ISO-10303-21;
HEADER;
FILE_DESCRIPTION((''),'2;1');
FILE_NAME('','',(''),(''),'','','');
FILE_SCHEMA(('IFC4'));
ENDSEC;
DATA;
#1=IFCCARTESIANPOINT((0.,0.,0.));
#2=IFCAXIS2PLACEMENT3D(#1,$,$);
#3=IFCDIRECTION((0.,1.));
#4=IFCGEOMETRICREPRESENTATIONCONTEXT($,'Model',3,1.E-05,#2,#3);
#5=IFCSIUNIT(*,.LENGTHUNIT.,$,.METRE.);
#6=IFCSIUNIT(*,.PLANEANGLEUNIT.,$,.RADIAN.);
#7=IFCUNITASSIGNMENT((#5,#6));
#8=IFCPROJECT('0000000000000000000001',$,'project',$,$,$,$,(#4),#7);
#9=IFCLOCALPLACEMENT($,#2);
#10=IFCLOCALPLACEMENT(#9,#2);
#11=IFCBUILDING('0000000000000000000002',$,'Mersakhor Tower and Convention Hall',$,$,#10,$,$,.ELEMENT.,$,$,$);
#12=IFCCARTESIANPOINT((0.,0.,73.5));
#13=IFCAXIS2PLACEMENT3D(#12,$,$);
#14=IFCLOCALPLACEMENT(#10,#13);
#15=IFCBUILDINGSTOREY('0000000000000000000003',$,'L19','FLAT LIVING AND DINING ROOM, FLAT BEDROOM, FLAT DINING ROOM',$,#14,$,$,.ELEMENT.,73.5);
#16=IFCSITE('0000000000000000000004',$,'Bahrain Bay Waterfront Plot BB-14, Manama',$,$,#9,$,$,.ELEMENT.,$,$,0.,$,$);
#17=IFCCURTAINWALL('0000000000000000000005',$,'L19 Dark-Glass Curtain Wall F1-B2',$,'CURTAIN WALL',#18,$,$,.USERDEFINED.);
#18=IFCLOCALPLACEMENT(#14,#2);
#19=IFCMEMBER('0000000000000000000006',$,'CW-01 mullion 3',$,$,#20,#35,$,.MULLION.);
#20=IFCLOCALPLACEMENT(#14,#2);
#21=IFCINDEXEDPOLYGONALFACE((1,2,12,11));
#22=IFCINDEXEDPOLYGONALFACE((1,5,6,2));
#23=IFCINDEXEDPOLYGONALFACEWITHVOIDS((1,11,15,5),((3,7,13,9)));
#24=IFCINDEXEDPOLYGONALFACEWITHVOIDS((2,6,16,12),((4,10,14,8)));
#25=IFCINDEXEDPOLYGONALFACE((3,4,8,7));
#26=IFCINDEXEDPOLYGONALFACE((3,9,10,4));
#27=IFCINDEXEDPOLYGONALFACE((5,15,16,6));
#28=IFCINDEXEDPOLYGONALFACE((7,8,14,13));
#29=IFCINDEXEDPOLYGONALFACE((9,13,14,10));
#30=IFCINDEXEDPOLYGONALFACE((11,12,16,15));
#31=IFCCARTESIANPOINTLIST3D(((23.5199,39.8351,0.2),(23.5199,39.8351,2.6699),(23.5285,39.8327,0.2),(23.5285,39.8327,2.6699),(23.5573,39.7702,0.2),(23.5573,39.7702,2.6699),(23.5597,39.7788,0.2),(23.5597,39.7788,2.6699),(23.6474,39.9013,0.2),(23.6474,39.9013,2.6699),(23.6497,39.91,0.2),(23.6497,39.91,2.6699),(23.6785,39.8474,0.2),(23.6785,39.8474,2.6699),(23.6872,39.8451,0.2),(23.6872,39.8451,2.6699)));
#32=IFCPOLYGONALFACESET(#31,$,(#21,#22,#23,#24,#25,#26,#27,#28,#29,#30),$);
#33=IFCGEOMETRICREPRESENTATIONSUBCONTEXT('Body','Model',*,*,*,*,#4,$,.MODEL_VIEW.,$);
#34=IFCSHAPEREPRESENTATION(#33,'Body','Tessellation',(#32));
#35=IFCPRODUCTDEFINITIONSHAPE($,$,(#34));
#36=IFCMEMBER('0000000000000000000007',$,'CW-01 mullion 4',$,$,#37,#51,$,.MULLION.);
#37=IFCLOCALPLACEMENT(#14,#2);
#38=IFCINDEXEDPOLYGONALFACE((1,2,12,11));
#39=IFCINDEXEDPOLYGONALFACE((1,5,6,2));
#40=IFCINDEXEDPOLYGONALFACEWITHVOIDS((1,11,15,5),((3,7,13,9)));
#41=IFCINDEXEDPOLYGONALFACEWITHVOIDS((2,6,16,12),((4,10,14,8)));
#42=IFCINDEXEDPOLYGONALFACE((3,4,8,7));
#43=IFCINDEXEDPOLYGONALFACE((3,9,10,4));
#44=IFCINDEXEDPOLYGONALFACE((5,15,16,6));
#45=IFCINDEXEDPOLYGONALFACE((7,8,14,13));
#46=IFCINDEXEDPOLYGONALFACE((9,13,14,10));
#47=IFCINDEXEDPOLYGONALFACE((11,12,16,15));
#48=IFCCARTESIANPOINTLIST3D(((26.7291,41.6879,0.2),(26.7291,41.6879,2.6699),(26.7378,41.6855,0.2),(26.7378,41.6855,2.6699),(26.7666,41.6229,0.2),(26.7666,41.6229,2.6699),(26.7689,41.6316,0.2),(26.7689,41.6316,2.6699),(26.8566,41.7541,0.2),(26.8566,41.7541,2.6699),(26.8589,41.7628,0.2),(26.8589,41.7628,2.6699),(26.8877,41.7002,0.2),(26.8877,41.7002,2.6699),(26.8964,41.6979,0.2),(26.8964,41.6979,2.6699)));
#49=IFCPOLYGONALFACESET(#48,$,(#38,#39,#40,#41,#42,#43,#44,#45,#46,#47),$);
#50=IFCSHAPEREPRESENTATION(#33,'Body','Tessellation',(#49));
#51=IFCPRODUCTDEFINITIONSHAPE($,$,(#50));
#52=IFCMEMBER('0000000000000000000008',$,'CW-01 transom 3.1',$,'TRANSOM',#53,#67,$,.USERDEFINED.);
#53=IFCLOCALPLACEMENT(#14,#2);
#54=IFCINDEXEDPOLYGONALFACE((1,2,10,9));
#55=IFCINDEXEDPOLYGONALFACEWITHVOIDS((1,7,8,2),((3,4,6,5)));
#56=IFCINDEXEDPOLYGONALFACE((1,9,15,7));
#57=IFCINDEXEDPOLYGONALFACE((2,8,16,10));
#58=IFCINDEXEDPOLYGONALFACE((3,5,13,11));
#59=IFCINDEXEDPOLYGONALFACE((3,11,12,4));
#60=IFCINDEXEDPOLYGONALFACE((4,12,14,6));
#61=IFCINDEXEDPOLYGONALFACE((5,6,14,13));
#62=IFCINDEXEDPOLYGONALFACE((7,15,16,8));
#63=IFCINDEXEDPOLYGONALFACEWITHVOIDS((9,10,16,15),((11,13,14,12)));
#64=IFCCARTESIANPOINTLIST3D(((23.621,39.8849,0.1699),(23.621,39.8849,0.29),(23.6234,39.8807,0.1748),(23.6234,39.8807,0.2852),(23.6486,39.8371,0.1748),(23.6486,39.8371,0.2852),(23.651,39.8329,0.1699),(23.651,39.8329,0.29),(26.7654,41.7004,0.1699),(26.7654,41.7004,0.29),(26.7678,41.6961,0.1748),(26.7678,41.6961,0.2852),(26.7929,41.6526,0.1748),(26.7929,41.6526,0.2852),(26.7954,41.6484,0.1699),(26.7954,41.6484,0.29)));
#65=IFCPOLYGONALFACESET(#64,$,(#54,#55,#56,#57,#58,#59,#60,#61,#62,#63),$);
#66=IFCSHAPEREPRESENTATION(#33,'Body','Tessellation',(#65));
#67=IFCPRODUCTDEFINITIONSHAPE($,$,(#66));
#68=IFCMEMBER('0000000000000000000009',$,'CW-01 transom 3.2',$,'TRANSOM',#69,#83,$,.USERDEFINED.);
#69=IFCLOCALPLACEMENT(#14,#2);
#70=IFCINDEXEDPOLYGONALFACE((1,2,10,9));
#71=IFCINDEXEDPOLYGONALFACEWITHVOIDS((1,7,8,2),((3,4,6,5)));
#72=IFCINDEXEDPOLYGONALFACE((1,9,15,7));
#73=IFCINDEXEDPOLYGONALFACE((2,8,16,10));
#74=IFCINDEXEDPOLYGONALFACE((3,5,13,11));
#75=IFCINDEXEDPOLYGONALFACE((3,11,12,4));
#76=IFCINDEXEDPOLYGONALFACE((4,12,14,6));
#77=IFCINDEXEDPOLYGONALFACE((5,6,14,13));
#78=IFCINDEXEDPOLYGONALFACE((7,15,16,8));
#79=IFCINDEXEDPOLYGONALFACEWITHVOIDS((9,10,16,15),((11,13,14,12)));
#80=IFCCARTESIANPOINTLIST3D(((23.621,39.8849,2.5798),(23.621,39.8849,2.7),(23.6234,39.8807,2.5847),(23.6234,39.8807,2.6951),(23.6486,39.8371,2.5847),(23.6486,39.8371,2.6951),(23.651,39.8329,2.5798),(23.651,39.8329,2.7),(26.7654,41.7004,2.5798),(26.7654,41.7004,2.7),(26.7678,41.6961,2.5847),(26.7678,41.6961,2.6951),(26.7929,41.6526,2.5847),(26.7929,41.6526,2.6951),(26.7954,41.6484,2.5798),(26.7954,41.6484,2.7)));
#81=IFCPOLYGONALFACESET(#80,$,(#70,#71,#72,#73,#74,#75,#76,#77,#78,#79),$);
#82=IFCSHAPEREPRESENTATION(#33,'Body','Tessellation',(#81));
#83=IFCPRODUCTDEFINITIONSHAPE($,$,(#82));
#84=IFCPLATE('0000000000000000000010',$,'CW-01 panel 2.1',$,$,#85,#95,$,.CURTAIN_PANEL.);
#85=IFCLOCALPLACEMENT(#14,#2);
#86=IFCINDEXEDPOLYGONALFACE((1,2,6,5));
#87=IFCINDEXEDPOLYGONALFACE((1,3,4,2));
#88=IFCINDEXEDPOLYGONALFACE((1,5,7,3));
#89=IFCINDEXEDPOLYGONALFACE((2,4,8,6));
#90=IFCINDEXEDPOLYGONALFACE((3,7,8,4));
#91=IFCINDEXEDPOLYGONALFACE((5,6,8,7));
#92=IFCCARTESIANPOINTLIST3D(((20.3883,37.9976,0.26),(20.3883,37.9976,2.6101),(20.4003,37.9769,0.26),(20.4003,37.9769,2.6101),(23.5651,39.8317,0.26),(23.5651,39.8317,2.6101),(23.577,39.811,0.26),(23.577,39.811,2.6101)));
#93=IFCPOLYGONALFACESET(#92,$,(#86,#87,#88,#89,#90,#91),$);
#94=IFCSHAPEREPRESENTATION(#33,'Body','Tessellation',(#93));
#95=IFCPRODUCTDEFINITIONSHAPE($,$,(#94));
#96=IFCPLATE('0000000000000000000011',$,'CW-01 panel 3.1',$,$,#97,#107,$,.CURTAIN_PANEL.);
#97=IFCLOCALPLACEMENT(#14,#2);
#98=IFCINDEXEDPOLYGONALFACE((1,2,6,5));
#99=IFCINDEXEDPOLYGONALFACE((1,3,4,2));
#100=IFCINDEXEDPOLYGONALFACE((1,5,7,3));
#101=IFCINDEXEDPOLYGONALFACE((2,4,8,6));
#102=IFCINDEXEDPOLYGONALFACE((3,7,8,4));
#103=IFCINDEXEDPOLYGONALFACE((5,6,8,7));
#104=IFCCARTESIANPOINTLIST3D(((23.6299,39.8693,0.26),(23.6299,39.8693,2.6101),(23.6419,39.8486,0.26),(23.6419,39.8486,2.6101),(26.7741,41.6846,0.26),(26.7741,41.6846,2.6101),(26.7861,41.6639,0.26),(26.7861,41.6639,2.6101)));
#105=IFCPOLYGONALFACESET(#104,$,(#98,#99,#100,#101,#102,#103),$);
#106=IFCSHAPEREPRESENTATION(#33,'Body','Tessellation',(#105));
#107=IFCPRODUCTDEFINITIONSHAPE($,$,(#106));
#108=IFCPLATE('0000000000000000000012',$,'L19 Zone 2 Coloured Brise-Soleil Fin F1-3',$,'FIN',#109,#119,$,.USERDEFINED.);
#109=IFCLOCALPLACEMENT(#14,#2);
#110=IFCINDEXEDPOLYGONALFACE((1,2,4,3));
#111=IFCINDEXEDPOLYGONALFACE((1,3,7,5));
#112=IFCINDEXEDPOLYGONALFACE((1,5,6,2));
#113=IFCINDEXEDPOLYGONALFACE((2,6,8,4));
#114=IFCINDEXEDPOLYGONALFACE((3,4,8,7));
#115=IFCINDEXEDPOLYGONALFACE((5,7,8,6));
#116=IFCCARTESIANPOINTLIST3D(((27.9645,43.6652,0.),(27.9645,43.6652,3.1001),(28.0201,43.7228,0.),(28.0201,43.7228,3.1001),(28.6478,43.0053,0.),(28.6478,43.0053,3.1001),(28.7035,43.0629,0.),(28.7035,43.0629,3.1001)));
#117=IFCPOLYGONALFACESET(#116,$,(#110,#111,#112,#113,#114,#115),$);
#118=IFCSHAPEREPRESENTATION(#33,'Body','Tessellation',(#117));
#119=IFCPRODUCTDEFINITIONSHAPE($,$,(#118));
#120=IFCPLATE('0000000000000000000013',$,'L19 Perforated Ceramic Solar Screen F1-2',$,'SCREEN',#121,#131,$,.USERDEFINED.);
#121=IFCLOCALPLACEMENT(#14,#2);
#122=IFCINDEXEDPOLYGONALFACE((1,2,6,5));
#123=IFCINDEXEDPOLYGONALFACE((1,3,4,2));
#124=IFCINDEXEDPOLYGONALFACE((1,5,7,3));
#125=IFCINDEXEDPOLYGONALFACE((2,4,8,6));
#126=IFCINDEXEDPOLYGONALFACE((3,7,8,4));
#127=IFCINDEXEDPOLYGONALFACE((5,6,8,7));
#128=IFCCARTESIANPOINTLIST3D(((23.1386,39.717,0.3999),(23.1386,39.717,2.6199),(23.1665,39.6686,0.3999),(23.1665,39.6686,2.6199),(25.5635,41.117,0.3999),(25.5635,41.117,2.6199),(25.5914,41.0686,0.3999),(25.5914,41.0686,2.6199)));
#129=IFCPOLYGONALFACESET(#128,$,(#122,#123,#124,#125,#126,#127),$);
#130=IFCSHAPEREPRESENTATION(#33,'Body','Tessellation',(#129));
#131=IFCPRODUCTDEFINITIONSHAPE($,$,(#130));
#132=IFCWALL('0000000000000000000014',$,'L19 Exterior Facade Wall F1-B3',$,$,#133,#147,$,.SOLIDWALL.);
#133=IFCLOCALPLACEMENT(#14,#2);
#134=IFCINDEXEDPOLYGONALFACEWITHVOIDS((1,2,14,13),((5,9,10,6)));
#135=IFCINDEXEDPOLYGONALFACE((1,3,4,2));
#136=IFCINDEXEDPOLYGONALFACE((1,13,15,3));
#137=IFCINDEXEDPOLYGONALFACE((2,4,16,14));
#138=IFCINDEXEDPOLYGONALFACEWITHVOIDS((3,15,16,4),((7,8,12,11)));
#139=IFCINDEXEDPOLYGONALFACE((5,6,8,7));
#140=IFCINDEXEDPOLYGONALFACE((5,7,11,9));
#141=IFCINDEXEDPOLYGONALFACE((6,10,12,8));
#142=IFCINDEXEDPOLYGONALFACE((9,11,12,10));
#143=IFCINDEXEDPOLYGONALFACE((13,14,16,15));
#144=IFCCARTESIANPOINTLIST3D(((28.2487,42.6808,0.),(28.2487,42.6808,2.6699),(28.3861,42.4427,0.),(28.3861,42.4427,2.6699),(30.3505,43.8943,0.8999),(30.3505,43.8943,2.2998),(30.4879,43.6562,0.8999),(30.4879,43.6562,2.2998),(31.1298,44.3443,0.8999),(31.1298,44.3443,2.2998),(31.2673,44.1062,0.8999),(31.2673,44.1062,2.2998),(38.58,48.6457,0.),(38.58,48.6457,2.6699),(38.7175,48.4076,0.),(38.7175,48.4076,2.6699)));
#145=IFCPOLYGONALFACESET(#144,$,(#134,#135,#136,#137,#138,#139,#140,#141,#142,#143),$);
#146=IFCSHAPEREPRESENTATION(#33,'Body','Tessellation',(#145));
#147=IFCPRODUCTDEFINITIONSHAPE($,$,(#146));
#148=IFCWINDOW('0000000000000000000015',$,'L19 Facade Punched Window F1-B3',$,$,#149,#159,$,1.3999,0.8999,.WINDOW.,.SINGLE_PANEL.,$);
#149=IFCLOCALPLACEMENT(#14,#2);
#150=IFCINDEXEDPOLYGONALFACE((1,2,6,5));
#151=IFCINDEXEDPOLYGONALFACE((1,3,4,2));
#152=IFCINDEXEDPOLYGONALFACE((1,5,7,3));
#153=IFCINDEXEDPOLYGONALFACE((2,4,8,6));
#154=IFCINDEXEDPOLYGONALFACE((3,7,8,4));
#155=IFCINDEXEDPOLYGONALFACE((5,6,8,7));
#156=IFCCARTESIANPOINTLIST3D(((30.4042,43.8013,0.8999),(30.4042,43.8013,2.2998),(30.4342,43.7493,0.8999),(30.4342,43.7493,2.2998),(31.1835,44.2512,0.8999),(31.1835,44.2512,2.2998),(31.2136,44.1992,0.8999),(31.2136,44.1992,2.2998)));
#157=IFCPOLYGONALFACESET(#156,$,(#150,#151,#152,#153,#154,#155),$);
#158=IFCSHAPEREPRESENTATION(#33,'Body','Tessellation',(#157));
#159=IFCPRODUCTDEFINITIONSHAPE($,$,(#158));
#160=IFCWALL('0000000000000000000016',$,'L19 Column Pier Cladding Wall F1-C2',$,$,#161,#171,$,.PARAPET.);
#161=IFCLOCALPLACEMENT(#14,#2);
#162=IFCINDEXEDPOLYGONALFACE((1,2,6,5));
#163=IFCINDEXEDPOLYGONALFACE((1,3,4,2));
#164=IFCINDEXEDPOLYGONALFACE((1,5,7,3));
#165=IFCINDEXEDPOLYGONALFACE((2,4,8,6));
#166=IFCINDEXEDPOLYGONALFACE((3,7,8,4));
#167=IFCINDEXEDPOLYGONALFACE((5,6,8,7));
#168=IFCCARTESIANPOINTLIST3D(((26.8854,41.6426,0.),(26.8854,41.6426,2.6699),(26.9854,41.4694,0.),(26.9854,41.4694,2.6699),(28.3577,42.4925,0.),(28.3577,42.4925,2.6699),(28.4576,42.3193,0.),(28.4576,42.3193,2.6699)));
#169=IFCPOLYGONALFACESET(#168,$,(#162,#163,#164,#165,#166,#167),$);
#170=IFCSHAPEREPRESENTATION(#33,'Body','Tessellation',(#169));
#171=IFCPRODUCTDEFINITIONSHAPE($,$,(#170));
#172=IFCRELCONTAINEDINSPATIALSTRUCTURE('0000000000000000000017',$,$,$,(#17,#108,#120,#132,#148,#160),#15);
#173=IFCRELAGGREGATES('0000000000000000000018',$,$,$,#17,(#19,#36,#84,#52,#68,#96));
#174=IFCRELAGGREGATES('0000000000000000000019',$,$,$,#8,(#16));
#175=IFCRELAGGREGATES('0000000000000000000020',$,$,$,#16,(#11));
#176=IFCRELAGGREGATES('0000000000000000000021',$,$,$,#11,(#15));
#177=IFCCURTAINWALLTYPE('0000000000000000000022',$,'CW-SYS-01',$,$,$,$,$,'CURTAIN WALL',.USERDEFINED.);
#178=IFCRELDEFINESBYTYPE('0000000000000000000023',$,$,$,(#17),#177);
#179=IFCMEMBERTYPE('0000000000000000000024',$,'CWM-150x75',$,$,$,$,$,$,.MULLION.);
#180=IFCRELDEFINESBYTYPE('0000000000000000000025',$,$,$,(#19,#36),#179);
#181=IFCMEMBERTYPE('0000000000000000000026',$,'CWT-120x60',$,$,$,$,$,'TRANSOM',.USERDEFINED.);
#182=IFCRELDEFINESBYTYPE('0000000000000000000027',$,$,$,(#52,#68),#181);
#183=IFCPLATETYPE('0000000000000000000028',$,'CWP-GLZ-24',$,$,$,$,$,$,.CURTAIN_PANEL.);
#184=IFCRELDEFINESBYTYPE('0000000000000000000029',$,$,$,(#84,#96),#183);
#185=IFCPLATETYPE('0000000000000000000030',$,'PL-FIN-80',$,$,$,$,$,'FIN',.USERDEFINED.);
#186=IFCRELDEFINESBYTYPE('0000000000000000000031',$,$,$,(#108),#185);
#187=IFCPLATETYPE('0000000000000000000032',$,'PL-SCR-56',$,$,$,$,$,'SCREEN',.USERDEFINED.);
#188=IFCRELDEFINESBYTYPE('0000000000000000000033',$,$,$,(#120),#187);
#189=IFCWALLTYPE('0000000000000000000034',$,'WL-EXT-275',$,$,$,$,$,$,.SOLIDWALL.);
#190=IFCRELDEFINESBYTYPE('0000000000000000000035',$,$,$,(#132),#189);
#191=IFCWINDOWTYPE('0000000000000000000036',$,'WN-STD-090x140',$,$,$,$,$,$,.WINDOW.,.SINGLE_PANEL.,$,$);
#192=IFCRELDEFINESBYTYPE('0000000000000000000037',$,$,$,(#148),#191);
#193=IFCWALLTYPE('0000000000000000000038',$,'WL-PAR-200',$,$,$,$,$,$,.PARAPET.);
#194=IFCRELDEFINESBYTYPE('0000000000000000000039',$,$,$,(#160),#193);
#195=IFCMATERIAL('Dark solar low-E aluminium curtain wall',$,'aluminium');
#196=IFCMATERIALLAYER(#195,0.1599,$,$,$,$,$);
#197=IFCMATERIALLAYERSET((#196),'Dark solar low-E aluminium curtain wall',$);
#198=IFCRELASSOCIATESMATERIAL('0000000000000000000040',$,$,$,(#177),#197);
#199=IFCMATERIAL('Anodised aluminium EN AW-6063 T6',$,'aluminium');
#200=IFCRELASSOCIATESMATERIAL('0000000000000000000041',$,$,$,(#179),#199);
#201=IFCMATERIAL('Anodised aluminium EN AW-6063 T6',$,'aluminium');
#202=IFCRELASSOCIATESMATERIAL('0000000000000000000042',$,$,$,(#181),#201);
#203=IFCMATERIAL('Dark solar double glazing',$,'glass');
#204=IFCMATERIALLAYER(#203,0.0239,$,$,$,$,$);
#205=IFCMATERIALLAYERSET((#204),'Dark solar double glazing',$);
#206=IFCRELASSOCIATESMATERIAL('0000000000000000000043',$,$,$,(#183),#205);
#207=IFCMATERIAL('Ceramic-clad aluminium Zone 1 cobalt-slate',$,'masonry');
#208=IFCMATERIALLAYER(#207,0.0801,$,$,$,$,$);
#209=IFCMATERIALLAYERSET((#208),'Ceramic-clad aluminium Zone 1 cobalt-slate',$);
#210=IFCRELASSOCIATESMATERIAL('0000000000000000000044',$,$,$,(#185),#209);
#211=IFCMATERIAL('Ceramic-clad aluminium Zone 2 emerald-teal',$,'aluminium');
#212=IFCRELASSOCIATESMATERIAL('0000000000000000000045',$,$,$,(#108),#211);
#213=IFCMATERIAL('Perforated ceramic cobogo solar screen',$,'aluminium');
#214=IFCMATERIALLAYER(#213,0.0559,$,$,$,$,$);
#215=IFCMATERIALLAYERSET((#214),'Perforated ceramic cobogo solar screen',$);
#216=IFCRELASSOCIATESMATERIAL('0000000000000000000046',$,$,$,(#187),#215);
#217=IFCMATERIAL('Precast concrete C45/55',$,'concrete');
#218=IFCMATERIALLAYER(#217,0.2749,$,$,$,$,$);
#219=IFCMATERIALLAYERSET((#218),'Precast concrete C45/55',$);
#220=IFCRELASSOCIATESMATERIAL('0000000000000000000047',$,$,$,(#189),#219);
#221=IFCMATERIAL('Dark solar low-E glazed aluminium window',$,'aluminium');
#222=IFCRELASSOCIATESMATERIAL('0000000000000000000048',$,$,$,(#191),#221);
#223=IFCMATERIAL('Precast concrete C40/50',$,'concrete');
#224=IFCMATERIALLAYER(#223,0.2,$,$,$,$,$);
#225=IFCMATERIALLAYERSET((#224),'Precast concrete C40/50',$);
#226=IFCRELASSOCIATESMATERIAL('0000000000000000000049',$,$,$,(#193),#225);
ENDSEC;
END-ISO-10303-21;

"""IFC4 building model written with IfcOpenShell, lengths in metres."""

from ifc_helpers import new_model, si_unit, direction, frame, frame_2d, origin, origin_2d, place, context, subcontext, project, spatial, rectangle, hollow_rectangle, extrude, material, layer, layer_set, material_profile, profile_set, type_object, element, fill, aggregate, save


model = new_model("IFC4")

# Units and contexts
model_context = context("Model", 3, precision=1e-05, world=origin(), true_north=direction((0.0, 1.0)))
body_context = subcontext(model_context, "Body", "Model", "MODEL_VIEW")
ifc_project = project(units=[si_unit("LENGTHUNIT", "METRE"), si_unit("PLANEANGLEUNIT", "RADIAN")], contexts=[model_context])

# Site, building, storey
site_placement = place(None, origin())
site = spatial("IfcSite", under=ifc_project, at=site_placement, Name="Bahrain Bay Waterfront Plot BB-14, Manama", CompositionType="ELEMENT", RefElevation=0.0)
building_placement = place(site_placement, origin())
building = spatial("IfcBuilding", under=site, at=building_placement, Name="Mersakhor Tower and Convention Hall", CompositionType="ELEMENT")
storey_placement = place(building_placement, frame((0.0, 0.0, 73.5)))
storey = spatial("IfcBuildingStorey", under=building, at=storey_placement, Name="L19", Description="FLAT LIVING AND DINING ROOM, FLAT BEDROOM, FLAT DINING ROOM", CompositionType="ELEMENT", Elevation=73.5)

# Curtain wall, members, plates
ifc_material_1 = material(Name="Dark solar low-E aluminium curtain wall", Category="aluminium")
ifc_layer_1 = layer(ifc_material_1, 0.1599)
ifc_layer_set_1 = layer_set([ifc_layer_1], Name="Dark solar low-E aluminium curtain wall")
curtain_wall_type = type_object("IfcCurtainWallType", Name="CW-SYS-01", ElementType="CURTAIN WALL", PredefinedType="USERDEFINED", material=ifc_layer_set_1)
curtain_wall_placement = place(storey_placement, origin())
curtain_wall = element("IfcCurtainWall", 1, at=curtain_wall_placement, inside=storey, type_object=curtain_wall_type, Name="L19 Dark-Glass Curtain Wall F1-B2", ObjectType="CURTAIN WALL", PredefinedType="USERDEFINED")
ifc_material_2 = material(Name="Anodised aluminium EN AW-6063 T6", Category="aluminium")
ifc_material_profile_1 = material_profile(ifc_material_2, hollow_rectangle(XDim=0.075, YDim=0.1499, WallThickness=0.0063, at=origin_2d()), Name="RHS 150x75x6.3")
ifc_profile_set_1 = profile_set([ifc_material_profile_1], Name="Anodised aluminium EN AW-6063 T6")
member_type_1 = type_object("IfcMemberType", Name="CWM-150x75", PredefinedType="MULLION", material=ifc_profile_set_1)
member_1_placement = place(storey_placement, frame((23.6035, 39.8401, 0.2), z_axis=(0.0, 0.0, 1.0), x_axis=(-0.499998, 0.866027, 0.0)))
member_1 = element("IfcMember", 2, at=member_1_placement, type_object=member_type_1, Name="CW-01 mullion 3", PredefinedType="MULLION", context=body_context, shape_type="SweptSolid", body=[
    extrude(hollow_rectangle(XDim=0.075, YDim=0.1499, WallThickness=0.0063, at=origin_2d()), origin(), (0.0, 0.0, 1.0), 2.47),
])
member_2_placement = place(storey_placement, frame((26.8127, 41.6929, 0.2), z_axis=(0.0, 0.0, 1.0), x_axis=(-0.499998, 0.866027, 0.0)))
member_2 = element("IfcMember", 3, at=member_2_placement, type_object=member_type_1, Name="CW-01 mullion 4", PredefinedType="MULLION", context=body_context, shape_type="SweptSolid", body=[
    extrude(hollow_rectangle(XDim=0.075, YDim=0.1499, WallThickness=0.0063, at=origin_2d()), origin(), (0.0, 0.0, 1.0), 2.47),
])
ifc_material_3 = material(Name="Anodised aluminium EN AW-6063 T6", Category="aluminium")
ifc_material_profile_2 = material_profile(ifc_material_3, hollow_rectangle(XDim=0.0601, YDim=0.1201, WallThickness=0.0049, at=origin_2d()), Name="RHS 120x60x5")
ifc_profile_set_2 = profile_set([ifc_material_profile_2], Name="Anodised aluminium EN AW-6063 T6")
member_type_2 = type_object("IfcMemberType", Name="CWT-120x60", ElementType="TRANSOM", PredefinedType="USERDEFINED", material=ifc_profile_set_2)
member_3_placement = place(storey_placement, frame((23.636, 39.8589, 0.23), z_axis=(0.866016, 0.500015, 0.0), x_axis=(-0.500015, 0.866016, 0.0)))
member_3 = element("IfcMember", 4, at=member_3_placement, type_object=member_type_2, Name="CW-01 transom 3.1", ObjectType="TRANSOM", PredefinedType="USERDEFINED", context=body_context, shape_type="SweptSolid", body=[
    extrude(hollow_rectangle(XDim=0.0601, YDim=0.1201, WallThickness=0.0049, at=origin_2d()), origin(), (0.0, 0.0, 1.0), 3.6309),
])
member_4_placement = place(storey_placement, frame((23.636, 39.8589, 2.6399), z_axis=(0.866016, 0.500015, 0.0), x_axis=(-0.500015, 0.866016, 0.0)))
member_4 = element("IfcMember", 5, at=member_4_placement, type_object=member_type_2, Name="CW-01 transom 3.2", ObjectType="TRANSOM", PredefinedType="USERDEFINED", context=body_context, shape_type="SweptSolid", body=[
    extrude(hollow_rectangle(XDim=0.0601, YDim=0.1201, WallThickness=0.0049, at=origin_2d()), origin(), (0.0, 0.0, 1.0), 3.6309),
])
ifc_material_4 = material(Name="Dark solar double glazing", Category="glass")
ifc_layer_2 = layer(ifc_material_4, 0.0239)
ifc_layer_set_2 = layer_set([ifc_layer_2], Name="Dark solar double glazing")
plate_type_1 = type_object("IfcPlateType", Name="CWP-GLZ-24", PredefinedType="CURTAIN_PANEL", material=ifc_layer_set_2)
plate_1_placement = place(storey_placement, frame((21.9827, 38.9043, 0.26), z_axis=(0.0, 0.0, 1.0), x_axis=(0.866027, 0.499998, 0.0)))
plate_1 = element("IfcPlate", 6, at=plate_1_placement, type_object=plate_type_1, Name="CW-01 panel 2.1", PredefinedType="CURTAIN_PANEL", context=body_context, shape_type="SweptSolid", body=[
    extrude(rectangle(XDim=3.6682, YDim=0.0239, at=origin_2d()), origin(), (0.0, 0.0, 1.0), 2.3501),
])
plate_2_placement = place(storey_placement, frame((25.208, 40.7666, 0.26), z_axis=(0.0, 0.0, 1.0), x_axis=(0.866027, 0.499998, 0.0)))
plate_2 = element("IfcPlate", 7, at=plate_2_placement, type_object=plate_type_1, Name="CW-01 panel 3.1", PredefinedType="CURTAIN_PANEL", context=body_context, shape_type="SweptSolid", body=[
    extrude(rectangle(XDim=3.6306, YDim=0.0239, at=origin_2d()), origin(), (0.0, 0.0, 1.0), 2.3501),
])
aggregate(curtain_wall, [member_1, member_2, plate_1, member_3, member_4, plate_2])

# Plates
ifc_material_5 = material(Name="Ceramic-clad aluminium Zone 2 emerald-teal", Category="aluminium")
ifc_material_6 = material(Name="Ceramic-clad aluminium Zone 1 cobalt-slate", Category="masonry")
ifc_layer_3 = layer(ifc_material_6, 0.0801)
ifc_layer_set_3 = layer_set([ifc_layer_3], Name="Ceramic-clad aluminium Zone 1 cobalt-slate")
plate_type_2 = type_object("IfcPlateType", Name="PL-FIN-80", ElementType="FIN", PredefinedType="USERDEFINED", material=ifc_layer_set_3)
plate_3_placement = place(storey_placement, frame((28.334, 43.364, 0.0), z_axis=(0.0, 0.0, 1.0), x_axis=(-0.71934, 0.694658, 0.0)))
element("IfcPlate", 8, at=plate_3_placement, inside=storey, type_object=plate_type_2, material=ifc_material_5, Name="L19 Zone 2 Coloured Brise-Soleil Fin F1-3", ObjectType="FIN", PredefinedType="USERDEFINED", context=body_context, shape_type="SweptSolid", body=[
    extrude(rectangle(XDim=0.95, YDim=0.0801, at=origin_2d()), origin(), (0.0, 0.0, 1.0), 3.1001),
])
ifc_material_7 = material(Name="Perforated ceramic cobogo solar screen", Category="aluminium")
ifc_layer_4 = layer(ifc_material_7, 0.0559)
ifc_layer_set_4 = layer_set([ifc_layer_4], Name="Perforated ceramic cobogo solar screen")
plate_type_3 = type_object("IfcPlateType", Name="PL-SCR-56", ElementType="SCREEN", PredefinedType="USERDEFINED", material=ifc_layer_set_4)
plate_4_placement = place(storey_placement, frame((24.365, 40.3928, 0.3999), z_axis=(0.0, 0.0, 1.0), x_axis=(0.866025, 0.5, 0.0)))
element("IfcPlate", 9, at=plate_4_placement, inside=storey, type_object=plate_type_3, Name="L19 Perforated Ceramic Solar Screen F1-2", ObjectType="SCREEN", PredefinedType="USERDEFINED", context=body_context, shape_type="SweptSolid", body=[
    extrude(rectangle(XDim=2.8, YDim=0.0559, at=origin_2d()), origin(), (0.0, 0.0, 1.0), 2.22),
])

# Wall, opening, window
ifc_material_8 = material(Name="Precast concrete C45/55", Category="concrete")
ifc_layer_5 = layer(ifc_material_8, 0.2749)
ifc_layer_set_5 = layer_set([ifc_layer_5], Name="Precast concrete C45/55")
wall_type_1 = type_object("IfcWallType", Name="WL-EXT-275", PredefinedType="SOLIDWALL", material=ifc_layer_set_5)
wall_1_placement = place(storey_placement, frame((28.3174, 42.5618, 0.0), z_axis=(0.0, 0.0, 1.0), x_axis=(0.866023, 0.500004, 0.0)))
wall_1 = element("IfcWall", 10, at=wall_1_placement, inside=storey, type_object=wall_type_1, Name="L19 Exterior Facade Wall F1-B3", PredefinedType="SOLIDWALL", context=body_context, shape_type="SweptSolid", body=[
    extrude(rectangle(XDim=11.9297, YDim=0.2749, at=frame_2d((5.9648, 0.0))), origin(), (0.0, 0.0, 1.0), 2.6699),
])
opening_1_placement = place(wall_1_placement, frame((2.427, 0.0, 0.8999)))
opening_1 = element("IfcOpeningElement", 11, at=opening_1_placement, cuts=wall_1, PredefinedType="OPENING", context=body_context, shape_type="SweptSolid", body=[
    extrude(rectangle(XDim=0.8999, YDim=1.3999, at=frame_2d((0.45, 0.7))), frame((0.0, 0.1475, 0.0), z_axis=(0.0, -1.0, 0.0), x_axis=(1.0, 0.0, 0.0)), (0.0, 0.0, 1.0), 0.2949),
])
ifc_material_9 = material(Name="Dark solar low-E glazed aluminium window", Category="aluminium")
window_type = type_object("IfcWindowType", Name="WN-STD-090x140", PartitioningType="SINGLE_PANEL", PredefinedType="WINDOW", material=ifc_material_9)
window_placement = place(opening_1_placement, origin())
window = element("IfcWindow", 12, at=window_placement, inside=storey, type_object=window_type, Name="L19 Facade Punched Window F1-B3", OverallHeight=1.3999, OverallWidth=0.8999, PartitioningType="SINGLE_PANEL", PredefinedType="WINDOW", context=body_context, shape_type="SweptSolid", body=[
    extrude(rectangle(XDim=0.8999, YDim=1.3999, at=frame_2d((0.45, 0.7))), frame((0.0, 0.03, 0.0), z_axis=(0.0, -1.0, 0.0), x_axis=(1.0, 0.0, 0.0)), (0.0, 0.0, 1.0), 0.0601),
])
fill(opening_1, window)

# Wall
ifc_material_10 = material(Name="Precast concrete C40/50", Category="concrete")
ifc_layer_6 = layer(ifc_material_10, 0.2)
ifc_layer_set_6 = layer_set([ifc_layer_6], Name="Precast concrete C40/50")
wall_type_2 = type_object("IfcWallType", Name="WL-PAR-200", PredefinedType="PARAPET", material=ifc_layer_set_6)
wall_2_placement = place(storey_placement, frame((26.9353, 41.5559, 0.0), z_axis=(0.0, 0.0, 1.0), x_axis=(0.866052, 0.499955, 0.0)))
element("IfcWall", 13, at=wall_2_placement, inside=storey, type_object=wall_type_2, Name="L19 Column Pier Cladding Wall F1-C2", PredefinedType="PARAPET", context=body_context, shape_type="SweptSolid", body=[
    extrude(rectangle(XDim=1.7, YDim=0.2, at=frame_2d((0.8501, 0.0))), origin(), (0.0, 0.0, 1.0), 2.6699),
])

save(model, "model.ifc")
